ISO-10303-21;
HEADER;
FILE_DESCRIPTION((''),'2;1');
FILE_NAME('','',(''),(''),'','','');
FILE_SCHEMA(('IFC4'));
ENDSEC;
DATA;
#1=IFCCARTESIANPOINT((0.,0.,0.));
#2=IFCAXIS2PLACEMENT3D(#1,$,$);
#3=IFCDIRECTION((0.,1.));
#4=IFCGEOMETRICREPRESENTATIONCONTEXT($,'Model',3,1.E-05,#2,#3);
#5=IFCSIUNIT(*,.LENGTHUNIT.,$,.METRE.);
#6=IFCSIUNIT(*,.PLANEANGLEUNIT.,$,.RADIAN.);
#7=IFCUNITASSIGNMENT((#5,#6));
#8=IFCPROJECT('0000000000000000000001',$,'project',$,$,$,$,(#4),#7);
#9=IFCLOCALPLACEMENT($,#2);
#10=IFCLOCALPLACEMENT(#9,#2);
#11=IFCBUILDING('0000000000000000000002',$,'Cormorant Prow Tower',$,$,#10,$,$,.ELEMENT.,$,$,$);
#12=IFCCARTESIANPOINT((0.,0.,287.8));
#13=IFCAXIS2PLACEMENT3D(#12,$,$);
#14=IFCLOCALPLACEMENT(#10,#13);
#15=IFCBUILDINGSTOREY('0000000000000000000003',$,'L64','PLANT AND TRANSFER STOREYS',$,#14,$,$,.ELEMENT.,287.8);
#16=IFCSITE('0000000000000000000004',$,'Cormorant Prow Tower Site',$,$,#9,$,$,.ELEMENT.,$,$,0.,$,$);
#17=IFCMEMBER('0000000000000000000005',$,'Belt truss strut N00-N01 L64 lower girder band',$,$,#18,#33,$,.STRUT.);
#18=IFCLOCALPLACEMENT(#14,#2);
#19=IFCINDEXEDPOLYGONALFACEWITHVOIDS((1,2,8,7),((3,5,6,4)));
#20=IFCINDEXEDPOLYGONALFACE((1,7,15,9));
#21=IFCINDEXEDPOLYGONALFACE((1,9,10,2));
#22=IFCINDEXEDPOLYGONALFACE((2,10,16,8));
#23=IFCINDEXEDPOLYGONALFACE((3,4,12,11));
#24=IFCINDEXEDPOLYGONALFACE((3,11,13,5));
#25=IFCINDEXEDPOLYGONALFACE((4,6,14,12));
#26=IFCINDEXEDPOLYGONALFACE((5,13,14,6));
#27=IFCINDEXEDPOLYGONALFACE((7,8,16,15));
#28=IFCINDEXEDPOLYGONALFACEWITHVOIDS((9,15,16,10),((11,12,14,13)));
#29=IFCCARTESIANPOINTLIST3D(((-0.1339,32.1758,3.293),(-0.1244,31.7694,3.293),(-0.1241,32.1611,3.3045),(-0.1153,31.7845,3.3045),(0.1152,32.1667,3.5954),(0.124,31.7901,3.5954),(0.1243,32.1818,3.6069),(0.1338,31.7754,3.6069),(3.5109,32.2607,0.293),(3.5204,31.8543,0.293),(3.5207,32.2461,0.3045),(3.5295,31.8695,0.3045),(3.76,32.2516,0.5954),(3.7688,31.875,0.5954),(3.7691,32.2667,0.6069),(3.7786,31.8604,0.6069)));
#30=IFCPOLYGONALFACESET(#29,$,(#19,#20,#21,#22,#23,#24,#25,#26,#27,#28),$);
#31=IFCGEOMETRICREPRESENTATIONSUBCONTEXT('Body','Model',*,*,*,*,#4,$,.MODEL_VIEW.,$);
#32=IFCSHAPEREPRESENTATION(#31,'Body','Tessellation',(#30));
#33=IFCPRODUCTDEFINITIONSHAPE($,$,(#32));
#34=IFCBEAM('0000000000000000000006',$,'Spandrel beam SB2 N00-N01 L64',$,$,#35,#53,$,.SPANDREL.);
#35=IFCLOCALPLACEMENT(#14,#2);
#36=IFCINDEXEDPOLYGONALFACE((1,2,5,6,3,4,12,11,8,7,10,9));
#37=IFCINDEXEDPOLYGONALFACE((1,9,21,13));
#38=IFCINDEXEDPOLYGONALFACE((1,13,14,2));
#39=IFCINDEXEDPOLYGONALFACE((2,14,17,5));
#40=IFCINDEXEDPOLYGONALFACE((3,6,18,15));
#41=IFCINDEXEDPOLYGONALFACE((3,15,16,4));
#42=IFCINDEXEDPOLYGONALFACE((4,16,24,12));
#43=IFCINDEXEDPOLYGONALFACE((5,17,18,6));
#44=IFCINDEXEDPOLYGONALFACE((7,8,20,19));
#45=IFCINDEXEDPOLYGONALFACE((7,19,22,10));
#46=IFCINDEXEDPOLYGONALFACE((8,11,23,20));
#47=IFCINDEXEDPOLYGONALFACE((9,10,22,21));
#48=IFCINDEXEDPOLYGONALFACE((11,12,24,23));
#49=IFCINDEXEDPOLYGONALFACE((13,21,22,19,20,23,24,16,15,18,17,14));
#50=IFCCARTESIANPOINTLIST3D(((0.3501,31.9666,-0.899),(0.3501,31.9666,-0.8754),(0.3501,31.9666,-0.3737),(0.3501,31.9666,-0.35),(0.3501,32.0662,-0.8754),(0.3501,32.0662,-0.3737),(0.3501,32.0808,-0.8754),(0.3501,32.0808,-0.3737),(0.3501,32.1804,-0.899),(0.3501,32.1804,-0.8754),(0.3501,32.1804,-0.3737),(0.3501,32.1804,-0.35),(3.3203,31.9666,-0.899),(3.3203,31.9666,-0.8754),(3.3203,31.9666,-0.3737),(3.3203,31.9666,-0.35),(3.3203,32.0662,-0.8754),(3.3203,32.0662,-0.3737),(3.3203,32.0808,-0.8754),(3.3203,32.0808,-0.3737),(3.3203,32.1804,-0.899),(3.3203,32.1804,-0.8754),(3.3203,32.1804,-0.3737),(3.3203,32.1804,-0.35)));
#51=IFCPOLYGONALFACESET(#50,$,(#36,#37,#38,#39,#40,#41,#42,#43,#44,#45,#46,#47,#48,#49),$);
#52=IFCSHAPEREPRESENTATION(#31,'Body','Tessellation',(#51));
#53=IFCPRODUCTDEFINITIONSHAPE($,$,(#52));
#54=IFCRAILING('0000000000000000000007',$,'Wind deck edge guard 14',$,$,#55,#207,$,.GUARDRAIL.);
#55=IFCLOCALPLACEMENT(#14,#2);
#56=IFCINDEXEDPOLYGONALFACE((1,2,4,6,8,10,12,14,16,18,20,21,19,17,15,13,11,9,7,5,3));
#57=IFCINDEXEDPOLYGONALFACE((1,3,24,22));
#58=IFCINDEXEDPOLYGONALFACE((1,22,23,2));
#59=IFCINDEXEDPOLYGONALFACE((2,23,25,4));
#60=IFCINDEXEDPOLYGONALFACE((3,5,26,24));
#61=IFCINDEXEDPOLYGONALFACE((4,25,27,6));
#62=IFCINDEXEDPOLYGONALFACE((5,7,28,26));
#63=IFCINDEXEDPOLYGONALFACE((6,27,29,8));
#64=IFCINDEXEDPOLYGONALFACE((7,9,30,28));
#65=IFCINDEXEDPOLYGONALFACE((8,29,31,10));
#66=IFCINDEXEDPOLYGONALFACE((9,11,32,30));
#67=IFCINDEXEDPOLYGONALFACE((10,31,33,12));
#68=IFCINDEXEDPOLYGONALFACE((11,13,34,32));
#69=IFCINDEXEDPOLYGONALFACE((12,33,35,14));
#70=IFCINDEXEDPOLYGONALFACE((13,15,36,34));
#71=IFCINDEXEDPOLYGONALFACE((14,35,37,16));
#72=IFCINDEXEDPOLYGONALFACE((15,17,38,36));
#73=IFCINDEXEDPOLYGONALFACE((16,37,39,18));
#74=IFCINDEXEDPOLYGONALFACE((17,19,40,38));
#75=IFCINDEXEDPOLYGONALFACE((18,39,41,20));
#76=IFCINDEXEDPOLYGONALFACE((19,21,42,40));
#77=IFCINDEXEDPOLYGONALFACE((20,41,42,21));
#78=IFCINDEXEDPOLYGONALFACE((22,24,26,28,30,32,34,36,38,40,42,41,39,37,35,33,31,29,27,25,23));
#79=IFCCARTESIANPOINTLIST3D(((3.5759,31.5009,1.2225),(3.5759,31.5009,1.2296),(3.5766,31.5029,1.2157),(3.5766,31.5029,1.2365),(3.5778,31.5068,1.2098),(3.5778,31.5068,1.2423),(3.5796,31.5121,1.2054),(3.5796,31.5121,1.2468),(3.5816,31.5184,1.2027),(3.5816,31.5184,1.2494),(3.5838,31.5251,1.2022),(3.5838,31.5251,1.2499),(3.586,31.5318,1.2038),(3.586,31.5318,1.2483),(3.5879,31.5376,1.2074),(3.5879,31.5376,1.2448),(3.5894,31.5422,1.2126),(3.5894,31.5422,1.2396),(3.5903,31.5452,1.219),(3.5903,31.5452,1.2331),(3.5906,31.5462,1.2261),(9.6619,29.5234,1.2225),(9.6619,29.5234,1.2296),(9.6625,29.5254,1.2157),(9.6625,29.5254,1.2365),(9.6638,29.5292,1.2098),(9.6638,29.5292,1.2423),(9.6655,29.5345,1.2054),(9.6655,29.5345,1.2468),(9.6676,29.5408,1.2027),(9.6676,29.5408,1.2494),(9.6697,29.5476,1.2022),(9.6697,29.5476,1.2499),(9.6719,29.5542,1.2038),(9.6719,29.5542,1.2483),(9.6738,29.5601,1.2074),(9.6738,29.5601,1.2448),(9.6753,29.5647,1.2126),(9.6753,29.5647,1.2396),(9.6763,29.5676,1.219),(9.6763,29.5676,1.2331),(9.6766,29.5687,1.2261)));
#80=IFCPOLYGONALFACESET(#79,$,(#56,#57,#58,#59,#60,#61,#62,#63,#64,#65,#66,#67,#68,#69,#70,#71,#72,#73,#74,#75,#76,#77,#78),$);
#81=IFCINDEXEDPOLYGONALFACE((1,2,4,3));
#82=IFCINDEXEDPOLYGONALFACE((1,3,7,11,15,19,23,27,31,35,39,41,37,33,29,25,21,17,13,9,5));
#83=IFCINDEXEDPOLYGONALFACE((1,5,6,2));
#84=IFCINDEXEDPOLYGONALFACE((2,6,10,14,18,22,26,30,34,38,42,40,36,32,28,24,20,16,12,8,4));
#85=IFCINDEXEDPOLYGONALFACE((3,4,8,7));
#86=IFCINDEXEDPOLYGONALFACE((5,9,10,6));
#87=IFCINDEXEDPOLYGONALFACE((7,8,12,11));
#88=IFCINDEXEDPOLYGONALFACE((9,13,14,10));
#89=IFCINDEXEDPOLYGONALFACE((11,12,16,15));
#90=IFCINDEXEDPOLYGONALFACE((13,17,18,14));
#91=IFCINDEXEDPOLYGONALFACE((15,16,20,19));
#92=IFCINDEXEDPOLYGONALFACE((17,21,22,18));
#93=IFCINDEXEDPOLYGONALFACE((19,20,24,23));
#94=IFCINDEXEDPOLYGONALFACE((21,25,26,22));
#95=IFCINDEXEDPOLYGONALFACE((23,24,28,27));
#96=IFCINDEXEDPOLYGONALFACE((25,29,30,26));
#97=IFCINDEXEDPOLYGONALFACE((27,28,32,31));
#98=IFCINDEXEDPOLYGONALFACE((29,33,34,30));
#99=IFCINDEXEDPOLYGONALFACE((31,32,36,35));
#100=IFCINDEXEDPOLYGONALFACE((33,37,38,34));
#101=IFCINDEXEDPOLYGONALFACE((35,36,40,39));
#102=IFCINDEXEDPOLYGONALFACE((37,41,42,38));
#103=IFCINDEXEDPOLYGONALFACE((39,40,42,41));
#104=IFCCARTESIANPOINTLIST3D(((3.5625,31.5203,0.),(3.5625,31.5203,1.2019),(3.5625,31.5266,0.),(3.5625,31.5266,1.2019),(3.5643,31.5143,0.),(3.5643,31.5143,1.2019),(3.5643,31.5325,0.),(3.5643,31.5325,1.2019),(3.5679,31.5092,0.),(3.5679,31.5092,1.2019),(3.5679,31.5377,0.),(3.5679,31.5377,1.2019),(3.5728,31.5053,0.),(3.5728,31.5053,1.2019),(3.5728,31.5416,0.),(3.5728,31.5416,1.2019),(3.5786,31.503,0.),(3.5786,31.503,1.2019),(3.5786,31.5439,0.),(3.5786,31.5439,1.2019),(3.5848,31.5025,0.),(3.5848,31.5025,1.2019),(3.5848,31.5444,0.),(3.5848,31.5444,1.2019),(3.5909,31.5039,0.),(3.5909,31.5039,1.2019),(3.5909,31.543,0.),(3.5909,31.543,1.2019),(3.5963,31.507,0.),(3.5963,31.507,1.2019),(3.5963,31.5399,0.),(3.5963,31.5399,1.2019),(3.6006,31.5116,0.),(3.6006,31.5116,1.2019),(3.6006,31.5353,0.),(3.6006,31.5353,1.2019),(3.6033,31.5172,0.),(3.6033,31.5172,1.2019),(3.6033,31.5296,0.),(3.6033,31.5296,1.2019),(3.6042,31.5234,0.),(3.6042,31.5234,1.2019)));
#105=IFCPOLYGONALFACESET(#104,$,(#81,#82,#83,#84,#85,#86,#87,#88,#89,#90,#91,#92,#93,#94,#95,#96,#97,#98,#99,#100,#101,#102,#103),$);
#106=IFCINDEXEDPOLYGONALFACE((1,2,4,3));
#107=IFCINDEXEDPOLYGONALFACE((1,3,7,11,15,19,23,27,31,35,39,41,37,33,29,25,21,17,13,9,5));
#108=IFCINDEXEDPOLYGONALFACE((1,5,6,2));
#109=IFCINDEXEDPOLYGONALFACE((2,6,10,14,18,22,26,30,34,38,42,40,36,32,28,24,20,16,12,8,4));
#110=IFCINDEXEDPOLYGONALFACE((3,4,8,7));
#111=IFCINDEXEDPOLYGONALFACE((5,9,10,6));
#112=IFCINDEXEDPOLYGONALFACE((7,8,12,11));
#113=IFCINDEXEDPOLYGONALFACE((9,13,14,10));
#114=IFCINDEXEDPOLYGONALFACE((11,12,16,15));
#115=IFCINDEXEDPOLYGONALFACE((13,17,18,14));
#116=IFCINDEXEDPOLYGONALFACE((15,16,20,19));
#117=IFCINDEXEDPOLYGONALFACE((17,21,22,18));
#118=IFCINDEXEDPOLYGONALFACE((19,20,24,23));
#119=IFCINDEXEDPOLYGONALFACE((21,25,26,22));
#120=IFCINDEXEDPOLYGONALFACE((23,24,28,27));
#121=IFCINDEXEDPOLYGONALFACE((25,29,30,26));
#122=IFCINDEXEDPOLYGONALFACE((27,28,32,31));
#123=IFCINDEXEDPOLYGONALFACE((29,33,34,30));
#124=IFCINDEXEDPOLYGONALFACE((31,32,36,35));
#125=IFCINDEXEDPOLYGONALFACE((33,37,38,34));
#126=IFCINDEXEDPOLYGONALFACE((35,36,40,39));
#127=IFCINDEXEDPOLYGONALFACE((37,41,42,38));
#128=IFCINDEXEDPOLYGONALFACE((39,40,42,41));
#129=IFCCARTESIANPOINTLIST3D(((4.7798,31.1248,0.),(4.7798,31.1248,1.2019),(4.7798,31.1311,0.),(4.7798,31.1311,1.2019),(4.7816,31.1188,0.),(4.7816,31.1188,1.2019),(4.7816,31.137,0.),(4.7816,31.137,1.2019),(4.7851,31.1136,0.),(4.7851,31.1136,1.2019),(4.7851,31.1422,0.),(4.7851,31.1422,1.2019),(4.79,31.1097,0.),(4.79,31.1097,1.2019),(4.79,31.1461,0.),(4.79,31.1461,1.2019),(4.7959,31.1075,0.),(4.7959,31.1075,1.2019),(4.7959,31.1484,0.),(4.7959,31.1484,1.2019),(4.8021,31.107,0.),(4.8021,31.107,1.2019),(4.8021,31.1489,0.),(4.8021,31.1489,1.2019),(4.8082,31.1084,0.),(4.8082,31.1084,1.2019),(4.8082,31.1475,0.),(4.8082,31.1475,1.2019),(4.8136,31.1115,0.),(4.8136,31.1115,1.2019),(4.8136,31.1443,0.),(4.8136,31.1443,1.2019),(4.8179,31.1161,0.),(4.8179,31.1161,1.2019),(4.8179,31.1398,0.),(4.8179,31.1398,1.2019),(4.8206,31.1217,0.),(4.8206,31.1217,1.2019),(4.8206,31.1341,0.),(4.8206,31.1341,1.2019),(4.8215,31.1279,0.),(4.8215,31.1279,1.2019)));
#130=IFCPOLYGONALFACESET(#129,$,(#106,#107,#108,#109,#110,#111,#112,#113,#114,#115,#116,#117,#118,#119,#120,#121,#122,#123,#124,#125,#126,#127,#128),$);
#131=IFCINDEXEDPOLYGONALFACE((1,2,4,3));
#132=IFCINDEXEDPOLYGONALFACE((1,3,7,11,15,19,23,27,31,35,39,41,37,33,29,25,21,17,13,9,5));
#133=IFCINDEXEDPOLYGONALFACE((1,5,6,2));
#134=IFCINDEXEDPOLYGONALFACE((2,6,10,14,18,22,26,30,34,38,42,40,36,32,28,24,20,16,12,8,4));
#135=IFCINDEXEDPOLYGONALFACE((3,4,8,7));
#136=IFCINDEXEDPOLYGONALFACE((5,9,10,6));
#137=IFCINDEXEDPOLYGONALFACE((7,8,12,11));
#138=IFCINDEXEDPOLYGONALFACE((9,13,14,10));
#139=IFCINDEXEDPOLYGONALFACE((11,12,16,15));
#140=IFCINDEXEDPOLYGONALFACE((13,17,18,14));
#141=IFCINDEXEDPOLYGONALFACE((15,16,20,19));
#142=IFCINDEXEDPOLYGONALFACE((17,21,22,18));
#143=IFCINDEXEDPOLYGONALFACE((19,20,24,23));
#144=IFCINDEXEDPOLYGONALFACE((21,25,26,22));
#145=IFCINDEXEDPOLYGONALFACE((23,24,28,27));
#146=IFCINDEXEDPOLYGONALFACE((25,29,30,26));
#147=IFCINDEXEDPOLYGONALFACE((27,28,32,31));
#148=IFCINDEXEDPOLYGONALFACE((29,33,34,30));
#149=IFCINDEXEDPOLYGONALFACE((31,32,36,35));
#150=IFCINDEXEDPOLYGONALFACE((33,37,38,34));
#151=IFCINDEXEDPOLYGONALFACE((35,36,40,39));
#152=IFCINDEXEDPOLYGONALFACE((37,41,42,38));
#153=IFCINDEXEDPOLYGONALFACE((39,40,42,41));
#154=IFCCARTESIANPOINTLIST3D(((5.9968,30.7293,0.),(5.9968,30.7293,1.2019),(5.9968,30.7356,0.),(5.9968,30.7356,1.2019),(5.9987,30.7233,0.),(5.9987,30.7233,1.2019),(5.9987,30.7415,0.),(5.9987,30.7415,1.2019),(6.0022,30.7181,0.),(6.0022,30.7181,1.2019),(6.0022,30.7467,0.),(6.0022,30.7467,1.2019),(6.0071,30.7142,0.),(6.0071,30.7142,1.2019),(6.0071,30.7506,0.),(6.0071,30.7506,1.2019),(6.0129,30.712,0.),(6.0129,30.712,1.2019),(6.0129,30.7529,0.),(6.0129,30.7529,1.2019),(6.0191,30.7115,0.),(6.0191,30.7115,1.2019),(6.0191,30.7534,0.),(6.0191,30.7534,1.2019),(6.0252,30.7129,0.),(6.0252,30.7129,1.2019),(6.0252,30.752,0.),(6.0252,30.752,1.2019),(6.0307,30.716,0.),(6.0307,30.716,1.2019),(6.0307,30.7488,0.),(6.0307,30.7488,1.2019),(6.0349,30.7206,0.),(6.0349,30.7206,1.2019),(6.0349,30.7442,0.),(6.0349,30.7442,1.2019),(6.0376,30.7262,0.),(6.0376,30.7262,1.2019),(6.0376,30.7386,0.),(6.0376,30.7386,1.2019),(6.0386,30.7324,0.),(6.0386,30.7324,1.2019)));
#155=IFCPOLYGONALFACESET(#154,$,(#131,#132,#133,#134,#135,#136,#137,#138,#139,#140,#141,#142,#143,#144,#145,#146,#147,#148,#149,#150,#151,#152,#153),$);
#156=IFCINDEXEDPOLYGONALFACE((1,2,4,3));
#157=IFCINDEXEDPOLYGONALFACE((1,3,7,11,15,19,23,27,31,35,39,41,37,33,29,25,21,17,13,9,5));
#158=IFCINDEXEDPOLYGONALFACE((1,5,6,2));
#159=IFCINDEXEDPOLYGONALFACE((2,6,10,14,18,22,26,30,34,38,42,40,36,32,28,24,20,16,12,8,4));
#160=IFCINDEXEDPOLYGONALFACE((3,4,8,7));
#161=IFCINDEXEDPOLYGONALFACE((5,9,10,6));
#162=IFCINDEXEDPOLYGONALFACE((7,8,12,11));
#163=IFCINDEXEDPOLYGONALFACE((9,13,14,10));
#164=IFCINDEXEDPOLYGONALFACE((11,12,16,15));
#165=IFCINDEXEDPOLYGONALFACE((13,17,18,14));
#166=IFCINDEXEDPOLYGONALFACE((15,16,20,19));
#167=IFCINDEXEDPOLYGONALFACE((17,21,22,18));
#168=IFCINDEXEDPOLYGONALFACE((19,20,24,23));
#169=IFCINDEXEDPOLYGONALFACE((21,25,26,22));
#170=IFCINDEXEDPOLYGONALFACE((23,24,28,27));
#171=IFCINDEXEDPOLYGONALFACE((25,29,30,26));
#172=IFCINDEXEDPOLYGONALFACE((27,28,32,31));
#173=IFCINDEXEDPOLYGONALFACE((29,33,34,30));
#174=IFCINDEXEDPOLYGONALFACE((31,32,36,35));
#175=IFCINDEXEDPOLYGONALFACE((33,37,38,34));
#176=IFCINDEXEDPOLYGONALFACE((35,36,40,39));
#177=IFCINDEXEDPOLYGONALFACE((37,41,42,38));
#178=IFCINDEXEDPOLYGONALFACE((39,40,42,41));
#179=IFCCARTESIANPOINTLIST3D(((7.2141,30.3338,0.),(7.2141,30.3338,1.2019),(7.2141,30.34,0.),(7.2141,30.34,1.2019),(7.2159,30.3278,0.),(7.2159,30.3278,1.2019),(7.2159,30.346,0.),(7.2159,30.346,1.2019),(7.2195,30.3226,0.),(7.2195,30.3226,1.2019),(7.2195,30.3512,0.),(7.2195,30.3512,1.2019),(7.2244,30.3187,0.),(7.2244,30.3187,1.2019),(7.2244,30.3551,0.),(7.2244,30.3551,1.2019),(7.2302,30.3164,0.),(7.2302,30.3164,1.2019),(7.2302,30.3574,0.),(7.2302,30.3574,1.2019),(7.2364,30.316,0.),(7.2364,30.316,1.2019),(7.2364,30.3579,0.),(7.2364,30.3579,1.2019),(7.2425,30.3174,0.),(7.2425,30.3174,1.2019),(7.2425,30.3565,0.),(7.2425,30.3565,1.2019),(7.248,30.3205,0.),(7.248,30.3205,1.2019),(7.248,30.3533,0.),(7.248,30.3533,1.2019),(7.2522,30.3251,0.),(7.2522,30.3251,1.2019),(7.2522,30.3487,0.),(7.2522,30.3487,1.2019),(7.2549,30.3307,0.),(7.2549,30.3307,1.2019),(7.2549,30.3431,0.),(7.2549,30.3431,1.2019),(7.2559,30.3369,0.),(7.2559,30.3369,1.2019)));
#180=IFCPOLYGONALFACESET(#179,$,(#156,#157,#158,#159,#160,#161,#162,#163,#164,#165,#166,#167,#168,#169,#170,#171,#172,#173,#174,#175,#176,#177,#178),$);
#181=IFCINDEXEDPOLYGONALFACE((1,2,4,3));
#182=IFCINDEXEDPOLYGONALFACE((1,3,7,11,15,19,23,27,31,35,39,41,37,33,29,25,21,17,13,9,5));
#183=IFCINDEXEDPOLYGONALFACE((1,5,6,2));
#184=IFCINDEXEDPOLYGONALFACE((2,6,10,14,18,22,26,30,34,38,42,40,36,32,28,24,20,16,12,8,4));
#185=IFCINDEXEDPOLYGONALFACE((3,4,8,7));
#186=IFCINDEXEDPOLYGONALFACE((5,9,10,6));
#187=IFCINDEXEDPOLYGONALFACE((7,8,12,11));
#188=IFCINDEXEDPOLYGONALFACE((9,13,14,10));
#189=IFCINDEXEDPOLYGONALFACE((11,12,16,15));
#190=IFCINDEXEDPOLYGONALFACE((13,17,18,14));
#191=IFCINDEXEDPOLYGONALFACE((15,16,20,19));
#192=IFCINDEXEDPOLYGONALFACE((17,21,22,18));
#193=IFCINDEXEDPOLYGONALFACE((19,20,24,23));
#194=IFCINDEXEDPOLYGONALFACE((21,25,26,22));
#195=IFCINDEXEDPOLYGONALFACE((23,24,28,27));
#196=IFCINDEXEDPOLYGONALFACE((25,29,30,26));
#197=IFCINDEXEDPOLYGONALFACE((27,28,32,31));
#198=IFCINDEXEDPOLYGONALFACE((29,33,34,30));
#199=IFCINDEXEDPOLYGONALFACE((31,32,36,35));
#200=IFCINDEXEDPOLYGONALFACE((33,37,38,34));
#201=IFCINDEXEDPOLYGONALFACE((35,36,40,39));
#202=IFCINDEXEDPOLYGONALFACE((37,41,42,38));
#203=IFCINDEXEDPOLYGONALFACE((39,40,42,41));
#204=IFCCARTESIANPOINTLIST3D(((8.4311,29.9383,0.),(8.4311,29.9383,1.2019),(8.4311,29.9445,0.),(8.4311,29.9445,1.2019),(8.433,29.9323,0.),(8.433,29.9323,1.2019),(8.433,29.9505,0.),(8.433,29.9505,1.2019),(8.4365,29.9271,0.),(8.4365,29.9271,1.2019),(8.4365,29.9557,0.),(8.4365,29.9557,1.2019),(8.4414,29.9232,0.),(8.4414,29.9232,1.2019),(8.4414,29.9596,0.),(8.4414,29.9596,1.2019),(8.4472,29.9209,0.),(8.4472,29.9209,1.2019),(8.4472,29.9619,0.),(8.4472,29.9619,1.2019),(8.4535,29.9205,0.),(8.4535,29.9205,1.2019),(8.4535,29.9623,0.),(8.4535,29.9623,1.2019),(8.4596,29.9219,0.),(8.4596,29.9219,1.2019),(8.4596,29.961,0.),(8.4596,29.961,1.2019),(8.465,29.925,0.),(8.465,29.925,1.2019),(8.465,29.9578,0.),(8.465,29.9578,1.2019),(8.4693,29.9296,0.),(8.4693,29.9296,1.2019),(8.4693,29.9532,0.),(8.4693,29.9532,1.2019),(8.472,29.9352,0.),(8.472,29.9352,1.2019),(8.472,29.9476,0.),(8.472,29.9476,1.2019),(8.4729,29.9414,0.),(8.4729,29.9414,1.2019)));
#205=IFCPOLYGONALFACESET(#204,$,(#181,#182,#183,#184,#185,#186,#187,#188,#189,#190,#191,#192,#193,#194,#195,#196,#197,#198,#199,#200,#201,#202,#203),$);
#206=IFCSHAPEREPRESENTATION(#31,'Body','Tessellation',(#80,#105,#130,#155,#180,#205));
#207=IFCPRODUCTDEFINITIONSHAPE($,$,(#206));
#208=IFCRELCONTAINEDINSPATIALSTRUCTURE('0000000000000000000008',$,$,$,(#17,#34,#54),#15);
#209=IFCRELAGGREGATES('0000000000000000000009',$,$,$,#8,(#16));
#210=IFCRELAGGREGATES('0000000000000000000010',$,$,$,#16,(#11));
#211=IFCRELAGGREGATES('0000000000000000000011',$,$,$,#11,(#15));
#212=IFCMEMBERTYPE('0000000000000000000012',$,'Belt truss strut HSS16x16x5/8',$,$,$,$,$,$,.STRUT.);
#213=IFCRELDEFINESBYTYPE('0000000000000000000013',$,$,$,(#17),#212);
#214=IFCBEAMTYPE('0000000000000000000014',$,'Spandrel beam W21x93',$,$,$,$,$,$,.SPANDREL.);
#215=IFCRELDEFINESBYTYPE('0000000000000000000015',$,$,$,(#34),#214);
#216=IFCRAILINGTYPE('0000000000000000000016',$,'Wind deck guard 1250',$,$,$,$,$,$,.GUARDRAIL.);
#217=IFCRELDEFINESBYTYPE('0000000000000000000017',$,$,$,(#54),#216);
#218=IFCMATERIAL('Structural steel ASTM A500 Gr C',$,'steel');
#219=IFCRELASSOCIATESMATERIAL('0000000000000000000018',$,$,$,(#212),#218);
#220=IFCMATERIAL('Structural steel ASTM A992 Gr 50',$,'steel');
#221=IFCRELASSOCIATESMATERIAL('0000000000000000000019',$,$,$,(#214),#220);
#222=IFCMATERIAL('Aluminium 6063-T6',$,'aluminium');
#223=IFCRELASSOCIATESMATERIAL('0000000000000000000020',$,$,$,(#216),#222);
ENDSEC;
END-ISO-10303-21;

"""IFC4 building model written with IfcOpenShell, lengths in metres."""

from ifc_helpers import new_model, si_unit, direction, frame, origin, origin_2d, place, context, subcontext, project, spatial, hollow_rectangle, circle, i_section, extrude, material, material_profile, profile_set, type_object, element, save


model = new_model("IFC4")

# Units and contexts
model_context = context("Model", 3, precision=1e-05, world=origin(), true_north=direction((0.0, 1.0)))
body_context = subcontext(model_context, "Body", "Model", "MODEL_VIEW")
ifc_project = project(units=[si_unit("LENGTHUNIT", "METRE"), si_unit("PLANEANGLEUNIT", "RADIAN")], contexts=[model_context])

# Site, building, storey
site_placement = place(None, origin())
site = spatial("IfcSite", under=ifc_project, at=site_placement, Name="Cormorant Prow Tower Site", CompositionType="ELEMENT", RefElevation=0.0)
building_placement = place(site_placement, origin())
building = spatial("IfcBuilding", under=site, at=building_placement, Name="Cormorant Prow Tower", CompositionType="ELEMENT")
storey_placement = place(building_placement, frame((0.0, 0.0, 287.8)))
storey = spatial("IfcBuildingStorey", under=building, at=storey_placement, Name="L64", Description="PLANT AND TRANSFER STOREYS", CompositionType="ELEMENT", Elevation=287.8)

# Member
ifc_material_1 = material(Name="Structural steel ASTM A500 Gr C", Category="steel")
ifc_material_profile_1 = material_profile(ifc_material_1, hollow_rectangle(XDim=0.4065, YDim=0.4065, WallThickness=0.0149, at=origin_2d()), Name="HSS16x16x5/8")
ifc_profile_set_1 = profile_set([ifc_material_profile_1], Name="Structural steel ASTM A500 Gr C")
member_type_1 = type_object("IfcMemberType", Name="Belt truss strut HSS16x16x5/8", PredefinedType="STRUT", material=ifc_profile_set_1)
member_1_placement = place(storey_placement, frame((3.6448, 32.0605, 0.45), z_axis=(-0.771969, -0.017995, 0.635405), x_axis=(0.023304, -0.999728, 0.0)))
element("IfcMember", 1, at=member_1_placement, inside=storey, type_object=member_type_1, Name="Belt truss strut N00-N01 L64 lower girder band", PredefinedType="STRUT", context=body_context, shape_type="SweptSolid", body=[
    extrude(hollow_rectangle(XDim=0.4065, YDim=0.4065, WallThickness=0.0149, at=origin_2d()), origin(), (0.0, 0.0, 1.0), 4.7214),
])

# Beam
ifc_material_2 = material(Name="Structural steel ASTM A992 Gr 50", Category="steel")
ifc_material_profile_2 = material_profile(ifc_material_2, i_section(OverallWidth=0.2139, OverallDepth=0.5491, WebThickness=0.0146, FlangeThickness=0.0237, at=origin_2d()), Name="W21x93")
ifc_profile_set_2 = profile_set([ifc_material_profile_2], Name="Structural steel ASTM A992 Gr 50")
beam_type = type_object("IfcBeamType", Name="Spandrel beam W21x93", PredefinedType="SPANDREL", material=ifc_profile_set_2)
beam_placement = place(storey_placement, frame((3.3203, 32.0735, -0.6245), z_axis=(-1.0, 0.0, 0.0), x_axis=(0.0, -1.0, 0.0)))
element("IfcBeam", 2, at=beam_placement, inside=storey, type_object=beam_type, Name="Spandrel beam SB2 N00-N01 L64", PredefinedType="SPANDREL", context=body_context, shape_type="SweptSolid", body=[
    extrude(i_section(OverallWidth=0.2139, OverallDepth=0.5491, WebThickness=0.0146, FlangeThickness=0.0237, at=origin_2d()), origin(), (0.0, 0.0, 1.0), 2.9702),
])

# Railing
ifc_material_3 = material(Name="Aluminium 6063-T6", Category="aluminium")
railing_type = type_object("IfcRailingType", Name="Wind deck guard 1250", PredefinedType="GUARDRAIL", material=ifc_material_3)
railing_1_placement = place(storey_placement, frame((3.5833, 31.5234, 0.0)))
element("IfcRailing", 3, at=railing_1_placement, inside=storey, type_object=railing_type, Name="Wind deck edge guard 14", PredefinedType="GUARDRAIL", context=body_context, shape_type="SweptSolid", body=[
    extrude(circle(Radius=0.0239, at=origin_2d()), frame((0.0, 0.0, 1.2261), z_axis=(0.951052, -0.309031, 0.0), x_axis=(0.309031, 0.951052, 0.0)), (0.0, 0.0, 1.0), 6.3992),
    extrude(circle(Radius=0.021, at=origin_2d()), origin(), (0.0, 0.0, 1.0), 1.2019),
    extrude(circle(Radius=0.021, at=origin_2d()), frame((1.2173, -0.3955, 0.0)), (0.0, 0.0, 1.0), 1.2019),
    extrude(circle(Radius=0.021, at=origin_2d()), frame((2.4343, -0.791, 0.0)), (0.0, 0.0, 1.0), 1.2019),
    extrude(circle(Radius=0.021, at=origin_2d()), frame((3.6516, -1.1865, 0.0)), (0.0, 0.0, 1.0), 1.2019),
    extrude(circle(Radius=0.021, at=origin_2d()), frame((4.8687, -1.582, 0.0)), (0.0, 0.0, 1.0), 1.2019),
])

save(model, "model.ifc")
